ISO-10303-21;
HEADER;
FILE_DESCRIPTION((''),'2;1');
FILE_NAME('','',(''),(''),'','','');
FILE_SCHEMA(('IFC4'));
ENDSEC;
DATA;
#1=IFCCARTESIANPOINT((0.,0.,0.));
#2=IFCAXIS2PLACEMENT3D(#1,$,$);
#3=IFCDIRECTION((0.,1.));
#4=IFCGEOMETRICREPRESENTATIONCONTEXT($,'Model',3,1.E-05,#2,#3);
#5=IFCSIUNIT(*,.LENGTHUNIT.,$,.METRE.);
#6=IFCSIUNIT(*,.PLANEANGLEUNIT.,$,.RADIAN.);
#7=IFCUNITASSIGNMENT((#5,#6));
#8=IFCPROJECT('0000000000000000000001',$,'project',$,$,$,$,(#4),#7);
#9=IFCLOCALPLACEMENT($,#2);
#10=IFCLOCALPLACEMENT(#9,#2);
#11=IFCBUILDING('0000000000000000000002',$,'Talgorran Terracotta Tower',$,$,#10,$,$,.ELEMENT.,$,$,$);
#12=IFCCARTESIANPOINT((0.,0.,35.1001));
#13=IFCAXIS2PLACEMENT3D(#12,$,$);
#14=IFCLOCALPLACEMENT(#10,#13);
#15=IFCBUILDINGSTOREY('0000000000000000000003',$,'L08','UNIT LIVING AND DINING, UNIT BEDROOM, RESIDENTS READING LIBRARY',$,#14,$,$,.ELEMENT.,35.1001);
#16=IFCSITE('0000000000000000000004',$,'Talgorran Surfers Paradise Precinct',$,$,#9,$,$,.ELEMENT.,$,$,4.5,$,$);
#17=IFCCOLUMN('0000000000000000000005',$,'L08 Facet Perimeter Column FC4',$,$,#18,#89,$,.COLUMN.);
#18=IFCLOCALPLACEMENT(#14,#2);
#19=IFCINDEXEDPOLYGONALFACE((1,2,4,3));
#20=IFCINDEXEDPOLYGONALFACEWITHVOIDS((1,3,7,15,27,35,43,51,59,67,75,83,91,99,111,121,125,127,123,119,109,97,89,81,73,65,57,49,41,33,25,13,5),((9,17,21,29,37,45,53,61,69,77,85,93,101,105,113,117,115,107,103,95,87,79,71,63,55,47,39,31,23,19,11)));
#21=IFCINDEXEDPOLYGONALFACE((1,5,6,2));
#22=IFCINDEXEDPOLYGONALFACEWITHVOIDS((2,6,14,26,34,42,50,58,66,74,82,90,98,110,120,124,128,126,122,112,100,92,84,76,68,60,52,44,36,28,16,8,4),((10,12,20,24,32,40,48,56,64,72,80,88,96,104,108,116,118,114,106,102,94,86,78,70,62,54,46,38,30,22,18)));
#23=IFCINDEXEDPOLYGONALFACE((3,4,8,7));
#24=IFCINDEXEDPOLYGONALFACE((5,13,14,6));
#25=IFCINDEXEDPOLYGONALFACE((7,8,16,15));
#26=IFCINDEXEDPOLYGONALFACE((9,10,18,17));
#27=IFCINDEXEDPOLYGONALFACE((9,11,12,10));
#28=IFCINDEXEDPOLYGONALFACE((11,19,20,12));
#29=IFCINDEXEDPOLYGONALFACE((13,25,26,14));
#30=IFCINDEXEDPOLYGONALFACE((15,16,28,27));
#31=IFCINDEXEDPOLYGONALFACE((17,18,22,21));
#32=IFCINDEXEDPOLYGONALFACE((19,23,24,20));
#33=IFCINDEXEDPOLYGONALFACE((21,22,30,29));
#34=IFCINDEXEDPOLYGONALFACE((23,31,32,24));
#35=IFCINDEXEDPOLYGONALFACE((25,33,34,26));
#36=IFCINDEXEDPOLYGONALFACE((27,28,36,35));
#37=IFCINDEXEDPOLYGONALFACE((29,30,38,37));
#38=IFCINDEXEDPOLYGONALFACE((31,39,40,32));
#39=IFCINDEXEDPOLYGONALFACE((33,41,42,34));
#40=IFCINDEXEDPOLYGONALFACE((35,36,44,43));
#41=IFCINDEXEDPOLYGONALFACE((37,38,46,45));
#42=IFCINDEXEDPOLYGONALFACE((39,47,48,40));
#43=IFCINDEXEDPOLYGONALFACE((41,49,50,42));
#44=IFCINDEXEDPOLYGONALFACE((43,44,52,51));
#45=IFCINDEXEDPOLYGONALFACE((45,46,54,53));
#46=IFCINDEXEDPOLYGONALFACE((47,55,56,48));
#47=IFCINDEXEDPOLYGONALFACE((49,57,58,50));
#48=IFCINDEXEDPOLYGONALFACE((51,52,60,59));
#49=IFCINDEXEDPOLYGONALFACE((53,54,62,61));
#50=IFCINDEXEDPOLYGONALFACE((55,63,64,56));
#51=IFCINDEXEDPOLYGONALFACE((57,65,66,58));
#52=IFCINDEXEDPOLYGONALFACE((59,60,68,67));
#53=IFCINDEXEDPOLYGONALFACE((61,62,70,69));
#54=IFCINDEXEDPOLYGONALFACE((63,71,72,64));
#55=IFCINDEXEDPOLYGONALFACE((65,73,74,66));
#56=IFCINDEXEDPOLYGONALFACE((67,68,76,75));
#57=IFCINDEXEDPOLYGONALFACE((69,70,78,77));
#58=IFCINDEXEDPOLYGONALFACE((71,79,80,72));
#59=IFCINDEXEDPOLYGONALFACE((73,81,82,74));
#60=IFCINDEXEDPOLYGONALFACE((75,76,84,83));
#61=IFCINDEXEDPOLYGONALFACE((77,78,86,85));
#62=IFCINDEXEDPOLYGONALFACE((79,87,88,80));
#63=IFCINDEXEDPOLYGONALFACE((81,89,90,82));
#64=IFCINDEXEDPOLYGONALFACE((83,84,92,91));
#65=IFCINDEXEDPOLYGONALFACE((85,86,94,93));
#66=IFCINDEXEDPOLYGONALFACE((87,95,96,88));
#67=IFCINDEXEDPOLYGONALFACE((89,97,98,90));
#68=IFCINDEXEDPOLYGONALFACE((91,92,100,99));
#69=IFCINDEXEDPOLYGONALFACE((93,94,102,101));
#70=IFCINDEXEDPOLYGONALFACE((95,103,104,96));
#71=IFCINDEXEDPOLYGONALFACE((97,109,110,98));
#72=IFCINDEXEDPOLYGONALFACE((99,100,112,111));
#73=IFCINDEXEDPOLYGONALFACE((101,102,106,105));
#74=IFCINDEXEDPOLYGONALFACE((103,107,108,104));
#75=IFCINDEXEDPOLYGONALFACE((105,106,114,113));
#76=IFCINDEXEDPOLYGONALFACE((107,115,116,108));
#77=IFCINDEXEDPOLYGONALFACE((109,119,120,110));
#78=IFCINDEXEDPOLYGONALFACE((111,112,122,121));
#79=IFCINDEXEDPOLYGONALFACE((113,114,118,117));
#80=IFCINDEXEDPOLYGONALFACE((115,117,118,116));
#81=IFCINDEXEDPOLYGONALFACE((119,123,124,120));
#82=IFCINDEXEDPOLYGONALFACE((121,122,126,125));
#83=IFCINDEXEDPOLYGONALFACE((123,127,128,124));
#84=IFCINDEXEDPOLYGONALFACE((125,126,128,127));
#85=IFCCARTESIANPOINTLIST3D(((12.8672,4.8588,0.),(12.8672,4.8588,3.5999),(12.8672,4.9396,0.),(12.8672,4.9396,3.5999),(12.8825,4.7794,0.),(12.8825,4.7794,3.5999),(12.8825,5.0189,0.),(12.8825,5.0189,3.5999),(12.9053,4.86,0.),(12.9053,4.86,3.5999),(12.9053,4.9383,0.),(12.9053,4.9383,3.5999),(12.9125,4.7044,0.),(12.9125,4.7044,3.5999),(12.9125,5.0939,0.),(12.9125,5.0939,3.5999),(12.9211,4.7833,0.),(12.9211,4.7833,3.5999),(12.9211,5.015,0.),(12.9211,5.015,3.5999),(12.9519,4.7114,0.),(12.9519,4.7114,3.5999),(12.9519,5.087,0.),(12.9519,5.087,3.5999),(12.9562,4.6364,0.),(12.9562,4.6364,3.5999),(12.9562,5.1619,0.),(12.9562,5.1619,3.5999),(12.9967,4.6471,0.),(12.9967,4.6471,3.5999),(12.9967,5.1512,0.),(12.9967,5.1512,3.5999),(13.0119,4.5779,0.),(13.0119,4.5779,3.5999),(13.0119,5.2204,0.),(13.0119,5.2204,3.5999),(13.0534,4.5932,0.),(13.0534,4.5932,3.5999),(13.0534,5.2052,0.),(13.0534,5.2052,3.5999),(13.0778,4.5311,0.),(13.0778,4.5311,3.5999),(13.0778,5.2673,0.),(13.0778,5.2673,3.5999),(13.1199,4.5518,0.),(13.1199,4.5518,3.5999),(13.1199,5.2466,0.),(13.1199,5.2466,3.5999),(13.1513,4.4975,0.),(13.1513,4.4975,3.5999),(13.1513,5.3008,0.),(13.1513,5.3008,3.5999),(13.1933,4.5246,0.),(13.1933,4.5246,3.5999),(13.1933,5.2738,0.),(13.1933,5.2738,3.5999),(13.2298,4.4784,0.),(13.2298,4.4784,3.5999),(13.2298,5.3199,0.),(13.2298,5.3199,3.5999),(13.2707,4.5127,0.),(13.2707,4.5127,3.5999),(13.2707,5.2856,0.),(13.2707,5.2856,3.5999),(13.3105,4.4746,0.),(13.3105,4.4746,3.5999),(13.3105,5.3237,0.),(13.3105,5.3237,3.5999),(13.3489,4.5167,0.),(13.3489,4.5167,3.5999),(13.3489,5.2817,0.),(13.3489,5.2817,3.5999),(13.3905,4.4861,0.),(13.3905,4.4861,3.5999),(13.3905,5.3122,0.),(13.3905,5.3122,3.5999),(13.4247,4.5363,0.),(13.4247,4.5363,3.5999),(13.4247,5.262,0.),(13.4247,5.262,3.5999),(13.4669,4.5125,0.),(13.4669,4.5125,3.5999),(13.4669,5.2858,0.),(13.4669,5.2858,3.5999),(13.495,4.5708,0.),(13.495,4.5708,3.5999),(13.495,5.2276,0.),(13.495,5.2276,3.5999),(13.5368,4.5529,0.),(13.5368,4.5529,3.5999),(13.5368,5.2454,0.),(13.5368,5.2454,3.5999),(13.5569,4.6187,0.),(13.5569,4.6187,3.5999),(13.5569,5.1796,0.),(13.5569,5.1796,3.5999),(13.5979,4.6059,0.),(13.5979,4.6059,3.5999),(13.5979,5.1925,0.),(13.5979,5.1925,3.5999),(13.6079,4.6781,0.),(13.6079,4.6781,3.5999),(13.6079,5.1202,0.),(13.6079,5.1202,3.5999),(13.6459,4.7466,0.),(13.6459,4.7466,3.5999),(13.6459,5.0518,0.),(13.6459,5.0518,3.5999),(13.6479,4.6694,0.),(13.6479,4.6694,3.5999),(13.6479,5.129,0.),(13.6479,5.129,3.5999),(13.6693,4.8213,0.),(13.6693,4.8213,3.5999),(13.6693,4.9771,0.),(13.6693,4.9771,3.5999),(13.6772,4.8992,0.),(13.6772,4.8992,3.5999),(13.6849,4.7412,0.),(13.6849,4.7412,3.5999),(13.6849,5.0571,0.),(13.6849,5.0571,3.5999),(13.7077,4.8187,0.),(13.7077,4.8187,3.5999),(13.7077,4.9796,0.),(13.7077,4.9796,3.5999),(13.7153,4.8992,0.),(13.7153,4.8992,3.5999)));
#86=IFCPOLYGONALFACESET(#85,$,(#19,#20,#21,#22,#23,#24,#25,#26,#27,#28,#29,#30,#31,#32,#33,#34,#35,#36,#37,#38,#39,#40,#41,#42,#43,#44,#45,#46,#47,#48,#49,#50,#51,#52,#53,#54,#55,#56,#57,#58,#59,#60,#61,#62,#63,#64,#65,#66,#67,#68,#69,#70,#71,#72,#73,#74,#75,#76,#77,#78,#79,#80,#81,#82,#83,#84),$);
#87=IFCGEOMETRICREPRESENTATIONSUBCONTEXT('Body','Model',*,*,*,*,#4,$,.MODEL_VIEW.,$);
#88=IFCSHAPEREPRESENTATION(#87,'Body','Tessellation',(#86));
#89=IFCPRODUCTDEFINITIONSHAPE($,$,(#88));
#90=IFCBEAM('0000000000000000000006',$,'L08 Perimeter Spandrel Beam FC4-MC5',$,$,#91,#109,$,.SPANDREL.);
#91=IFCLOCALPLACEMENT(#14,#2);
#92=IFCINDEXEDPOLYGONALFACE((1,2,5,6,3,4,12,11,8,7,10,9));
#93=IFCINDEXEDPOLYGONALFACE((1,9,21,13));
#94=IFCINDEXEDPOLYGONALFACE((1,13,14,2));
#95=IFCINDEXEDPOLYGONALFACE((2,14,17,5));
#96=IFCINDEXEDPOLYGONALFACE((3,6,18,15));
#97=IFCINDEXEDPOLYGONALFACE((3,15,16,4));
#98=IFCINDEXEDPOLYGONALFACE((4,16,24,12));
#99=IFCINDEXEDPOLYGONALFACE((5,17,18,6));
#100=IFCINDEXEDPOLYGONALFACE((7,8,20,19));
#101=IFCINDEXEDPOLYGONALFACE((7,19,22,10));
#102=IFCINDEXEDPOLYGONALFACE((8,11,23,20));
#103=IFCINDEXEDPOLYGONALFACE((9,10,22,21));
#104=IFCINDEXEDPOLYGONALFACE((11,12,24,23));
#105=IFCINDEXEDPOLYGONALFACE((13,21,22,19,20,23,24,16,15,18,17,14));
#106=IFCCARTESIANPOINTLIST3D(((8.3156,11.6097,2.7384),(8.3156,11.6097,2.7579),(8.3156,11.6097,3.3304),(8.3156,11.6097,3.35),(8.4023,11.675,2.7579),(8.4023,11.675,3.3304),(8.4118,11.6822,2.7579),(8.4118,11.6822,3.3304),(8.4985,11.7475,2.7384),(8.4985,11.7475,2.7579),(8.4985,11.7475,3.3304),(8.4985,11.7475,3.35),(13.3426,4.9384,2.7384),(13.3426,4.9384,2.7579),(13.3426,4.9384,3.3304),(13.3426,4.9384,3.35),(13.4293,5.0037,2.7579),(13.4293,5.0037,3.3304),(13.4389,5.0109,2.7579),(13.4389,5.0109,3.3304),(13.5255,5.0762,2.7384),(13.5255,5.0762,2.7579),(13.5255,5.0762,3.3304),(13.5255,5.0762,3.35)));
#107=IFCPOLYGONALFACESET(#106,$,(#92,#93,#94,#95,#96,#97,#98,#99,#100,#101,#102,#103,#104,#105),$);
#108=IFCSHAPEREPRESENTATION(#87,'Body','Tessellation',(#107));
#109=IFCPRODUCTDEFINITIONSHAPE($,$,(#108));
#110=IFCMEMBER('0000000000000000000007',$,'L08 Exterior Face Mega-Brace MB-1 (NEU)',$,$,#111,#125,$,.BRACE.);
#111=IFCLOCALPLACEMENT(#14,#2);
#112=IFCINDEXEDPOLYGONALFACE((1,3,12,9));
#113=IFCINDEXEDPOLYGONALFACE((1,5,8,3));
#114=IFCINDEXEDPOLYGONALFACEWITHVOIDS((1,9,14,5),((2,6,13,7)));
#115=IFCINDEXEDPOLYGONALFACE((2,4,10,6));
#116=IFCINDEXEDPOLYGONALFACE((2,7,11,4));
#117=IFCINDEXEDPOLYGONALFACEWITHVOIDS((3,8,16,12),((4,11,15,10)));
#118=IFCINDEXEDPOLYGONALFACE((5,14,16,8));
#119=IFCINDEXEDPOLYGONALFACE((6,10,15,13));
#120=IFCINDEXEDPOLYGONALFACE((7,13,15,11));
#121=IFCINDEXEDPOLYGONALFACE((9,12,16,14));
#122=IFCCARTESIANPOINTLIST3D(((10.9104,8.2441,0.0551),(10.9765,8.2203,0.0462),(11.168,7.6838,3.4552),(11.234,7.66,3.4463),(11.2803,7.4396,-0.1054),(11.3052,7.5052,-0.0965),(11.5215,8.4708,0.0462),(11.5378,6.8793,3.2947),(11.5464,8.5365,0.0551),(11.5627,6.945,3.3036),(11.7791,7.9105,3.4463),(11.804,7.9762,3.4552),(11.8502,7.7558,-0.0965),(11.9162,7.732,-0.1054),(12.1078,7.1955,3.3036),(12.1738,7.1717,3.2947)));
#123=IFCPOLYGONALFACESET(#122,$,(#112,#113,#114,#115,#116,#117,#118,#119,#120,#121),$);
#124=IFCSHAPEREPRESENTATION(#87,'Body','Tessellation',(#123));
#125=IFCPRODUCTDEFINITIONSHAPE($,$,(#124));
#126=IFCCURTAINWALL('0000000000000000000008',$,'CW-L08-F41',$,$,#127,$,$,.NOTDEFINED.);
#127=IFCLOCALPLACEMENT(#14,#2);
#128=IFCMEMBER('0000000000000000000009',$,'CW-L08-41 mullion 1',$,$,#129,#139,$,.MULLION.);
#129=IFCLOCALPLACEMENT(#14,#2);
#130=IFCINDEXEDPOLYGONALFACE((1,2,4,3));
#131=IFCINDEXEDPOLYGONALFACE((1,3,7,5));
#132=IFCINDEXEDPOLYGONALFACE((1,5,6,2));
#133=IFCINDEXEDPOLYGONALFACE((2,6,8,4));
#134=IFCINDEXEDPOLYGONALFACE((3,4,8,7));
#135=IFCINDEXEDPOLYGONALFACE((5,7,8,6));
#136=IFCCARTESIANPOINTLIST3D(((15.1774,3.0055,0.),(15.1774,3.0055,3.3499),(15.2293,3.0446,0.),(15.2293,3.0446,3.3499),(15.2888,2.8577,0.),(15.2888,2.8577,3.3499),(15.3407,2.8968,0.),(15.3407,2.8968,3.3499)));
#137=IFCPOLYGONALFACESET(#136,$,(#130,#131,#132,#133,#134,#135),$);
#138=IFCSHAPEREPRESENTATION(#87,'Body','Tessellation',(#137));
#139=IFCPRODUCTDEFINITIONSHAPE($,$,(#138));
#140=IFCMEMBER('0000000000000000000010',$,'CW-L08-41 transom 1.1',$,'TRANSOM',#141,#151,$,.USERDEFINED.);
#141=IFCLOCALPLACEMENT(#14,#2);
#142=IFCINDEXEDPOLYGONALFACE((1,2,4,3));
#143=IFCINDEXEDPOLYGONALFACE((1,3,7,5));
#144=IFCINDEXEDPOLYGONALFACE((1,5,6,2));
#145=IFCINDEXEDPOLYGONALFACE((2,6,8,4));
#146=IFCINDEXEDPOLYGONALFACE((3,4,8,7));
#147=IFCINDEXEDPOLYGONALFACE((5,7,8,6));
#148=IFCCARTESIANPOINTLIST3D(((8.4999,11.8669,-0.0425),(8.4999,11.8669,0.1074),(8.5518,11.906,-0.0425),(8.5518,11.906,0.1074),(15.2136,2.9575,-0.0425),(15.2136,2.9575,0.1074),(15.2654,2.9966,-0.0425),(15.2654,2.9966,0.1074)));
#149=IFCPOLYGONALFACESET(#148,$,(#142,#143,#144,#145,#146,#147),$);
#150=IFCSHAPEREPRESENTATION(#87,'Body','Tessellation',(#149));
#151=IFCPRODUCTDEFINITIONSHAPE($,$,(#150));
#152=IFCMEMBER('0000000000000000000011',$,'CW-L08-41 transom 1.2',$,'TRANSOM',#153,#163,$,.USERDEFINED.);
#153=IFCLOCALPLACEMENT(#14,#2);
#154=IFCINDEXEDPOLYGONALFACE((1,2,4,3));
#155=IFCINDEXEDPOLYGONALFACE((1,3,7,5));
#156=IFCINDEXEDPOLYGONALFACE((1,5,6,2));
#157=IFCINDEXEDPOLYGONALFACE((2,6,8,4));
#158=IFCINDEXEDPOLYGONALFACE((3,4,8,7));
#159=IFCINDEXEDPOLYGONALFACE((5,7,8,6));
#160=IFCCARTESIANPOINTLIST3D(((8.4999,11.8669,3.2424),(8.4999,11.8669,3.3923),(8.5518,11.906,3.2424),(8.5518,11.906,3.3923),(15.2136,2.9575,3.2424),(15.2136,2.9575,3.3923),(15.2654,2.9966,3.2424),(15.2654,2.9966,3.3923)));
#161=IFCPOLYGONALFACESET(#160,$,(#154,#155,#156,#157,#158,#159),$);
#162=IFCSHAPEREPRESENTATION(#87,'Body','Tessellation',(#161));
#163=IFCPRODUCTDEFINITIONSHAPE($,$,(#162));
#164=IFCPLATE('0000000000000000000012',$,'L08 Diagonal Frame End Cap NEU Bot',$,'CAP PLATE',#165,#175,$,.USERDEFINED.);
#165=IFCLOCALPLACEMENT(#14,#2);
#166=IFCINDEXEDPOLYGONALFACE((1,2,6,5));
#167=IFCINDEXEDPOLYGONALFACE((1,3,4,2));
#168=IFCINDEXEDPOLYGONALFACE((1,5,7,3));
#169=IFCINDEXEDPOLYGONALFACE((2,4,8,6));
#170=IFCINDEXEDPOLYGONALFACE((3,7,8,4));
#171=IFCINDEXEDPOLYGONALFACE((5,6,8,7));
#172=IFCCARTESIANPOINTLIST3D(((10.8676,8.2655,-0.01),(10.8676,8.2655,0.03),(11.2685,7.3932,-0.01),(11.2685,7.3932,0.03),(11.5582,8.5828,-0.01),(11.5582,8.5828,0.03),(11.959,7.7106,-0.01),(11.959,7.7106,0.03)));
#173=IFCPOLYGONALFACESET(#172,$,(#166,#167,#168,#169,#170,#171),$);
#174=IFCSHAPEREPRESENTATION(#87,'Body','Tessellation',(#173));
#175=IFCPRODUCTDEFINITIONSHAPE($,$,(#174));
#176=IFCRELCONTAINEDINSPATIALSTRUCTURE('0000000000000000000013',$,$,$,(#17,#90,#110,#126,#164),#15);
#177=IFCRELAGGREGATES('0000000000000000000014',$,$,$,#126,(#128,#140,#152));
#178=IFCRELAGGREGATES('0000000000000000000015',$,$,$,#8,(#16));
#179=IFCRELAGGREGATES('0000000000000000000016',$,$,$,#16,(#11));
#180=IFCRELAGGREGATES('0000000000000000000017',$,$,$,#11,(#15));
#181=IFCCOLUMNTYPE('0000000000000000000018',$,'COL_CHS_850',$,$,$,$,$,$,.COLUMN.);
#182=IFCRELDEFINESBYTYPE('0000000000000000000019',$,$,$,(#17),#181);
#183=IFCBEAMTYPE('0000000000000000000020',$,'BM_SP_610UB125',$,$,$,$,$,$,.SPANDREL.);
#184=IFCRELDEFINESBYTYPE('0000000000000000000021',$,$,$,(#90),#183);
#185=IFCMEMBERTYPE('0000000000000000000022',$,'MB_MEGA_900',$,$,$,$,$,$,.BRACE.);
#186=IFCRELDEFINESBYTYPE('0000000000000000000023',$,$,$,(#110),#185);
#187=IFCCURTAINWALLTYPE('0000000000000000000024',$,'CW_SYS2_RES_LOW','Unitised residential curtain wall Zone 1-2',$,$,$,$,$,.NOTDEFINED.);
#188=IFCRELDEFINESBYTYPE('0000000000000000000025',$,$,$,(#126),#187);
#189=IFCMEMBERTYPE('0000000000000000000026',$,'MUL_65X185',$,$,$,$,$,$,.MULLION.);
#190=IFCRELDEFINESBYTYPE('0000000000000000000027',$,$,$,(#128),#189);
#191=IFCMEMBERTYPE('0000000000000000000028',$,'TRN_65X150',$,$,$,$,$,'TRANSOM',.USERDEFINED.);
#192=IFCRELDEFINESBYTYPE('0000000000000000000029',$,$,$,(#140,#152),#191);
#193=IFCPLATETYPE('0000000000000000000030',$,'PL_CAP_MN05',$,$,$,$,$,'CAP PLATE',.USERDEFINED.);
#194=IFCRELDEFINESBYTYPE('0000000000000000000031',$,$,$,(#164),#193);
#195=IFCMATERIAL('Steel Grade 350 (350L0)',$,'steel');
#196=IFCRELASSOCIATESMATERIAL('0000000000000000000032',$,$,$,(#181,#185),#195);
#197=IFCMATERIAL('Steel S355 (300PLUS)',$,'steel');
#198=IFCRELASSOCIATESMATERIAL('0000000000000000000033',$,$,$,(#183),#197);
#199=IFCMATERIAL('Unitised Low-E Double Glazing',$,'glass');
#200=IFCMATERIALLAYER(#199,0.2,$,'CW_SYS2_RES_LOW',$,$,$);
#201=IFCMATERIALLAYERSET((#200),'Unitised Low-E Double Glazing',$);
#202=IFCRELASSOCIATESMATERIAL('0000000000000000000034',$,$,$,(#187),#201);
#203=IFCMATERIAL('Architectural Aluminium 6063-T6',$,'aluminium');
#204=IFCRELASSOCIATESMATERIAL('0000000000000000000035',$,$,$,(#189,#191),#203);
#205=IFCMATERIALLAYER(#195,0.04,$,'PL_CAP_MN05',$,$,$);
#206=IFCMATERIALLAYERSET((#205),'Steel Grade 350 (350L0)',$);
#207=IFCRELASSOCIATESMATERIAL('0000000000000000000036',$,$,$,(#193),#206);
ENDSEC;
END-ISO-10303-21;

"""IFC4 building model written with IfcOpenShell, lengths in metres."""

from ifc_helpers import new_model, si_unit, direction, frame, origin, origin_2d, place, context, subcontext, project, spatial, rectangle, hollow_rectangle, hollow_circle, i_section, extrude, material, layer, layer_set, material_profile, profile_set, type_object, element, aggregate, save


model = new_model("IFC4")

# Units and contexts
model_context = context("Model", 3, precision=1e-05, world=origin(), true_north=direction((0.0, 1.0)))
body_context = subcontext(model_context, "Body", "Model", "MODEL_VIEW")
ifc_project = project(units=[si_unit("LENGTHUNIT", "METRE"), si_unit("PLANEANGLEUNIT", "RADIAN")], contexts=[model_context])

# Site, building, storey
site_placement = place(None, origin())
site = spatial("IfcSite", under=ifc_project, at=site_placement, Name="Talgorran Surfers Paradise Precinct", CompositionType="ELEMENT", RefElevation=4.5)
building_placement = place(site_placement, origin())
building = spatial("IfcBuilding", under=site, at=building_placement, Name="Talgorran Terracotta Tower", CompositionType="ELEMENT")
storey_placement = place(building_placement, frame((0.0, 0.0, 35.1001)))
storey = spatial("IfcBuildingStorey", under=building, at=storey_placement, Name="L08", Description="UNIT LIVING AND DINING, UNIT BEDROOM, RESIDENTS READING LIBRARY", CompositionType="ELEMENT", Elevation=35.1001)

# Column
ifc_material_1 = material(Name="Steel Grade 350 (350L0)", Category="steel")
ifc_material_profile_1 = material_profile(ifc_material_1, hollow_circle(Radius=0.425, WallThickness=0.0381, at=origin_2d()), Name="CHS850X38")
ifc_profile_set_1 = profile_set([ifc_material_profile_1], Name="Steel Grade 350 (350L0)")
column_type = type_object("IfcColumnType", Name="COL_CHS_850", PredefinedType="COLUMN", material=ifc_profile_set_1)
column_placement = place(storey_placement, frame((13.2903, 4.8992, 0.0), z_axis=(0.0, 0.0, 1.0), x_axis=(1.0, 0.0, 0.0)))
element("IfcColumn", 1, at=column_placement, inside=storey, type_object=column_type, Name="L08 Facet Perimeter Column FC4", PredefinedType="COLUMN", context=body_context, shape_type="SweptSolid", body=[
    extrude(hollow_circle(Radius=0.425, WallThickness=0.0381, at=origin_2d()), origin(), (0.0, 0.0, 1.0), 3.5999),
])

# Beam
ifc_material_2 = material(Name="Steel S355 (300PLUS)", Category="steel")
ifc_material_profile_2 = material_profile(ifc_material_2, i_section(OverallWidth=0.229, OverallDepth=0.6116, WebThickness=0.012, FlangeThickness=0.0195, at=origin_2d()), Name="610UB125")
ifc_profile_set_2 = profile_set([ifc_material_profile_2], Name="Steel S355 (300PLUS)")
beam_type = type_object("IfcBeamType", Name="BM_SP_610UB125", PredefinedType="SPANDREL", material=ifc_profile_set_2)
beam_placement = place(storey_placement, frame((13.4341, 5.0073, 3.0442), z_axis=(-0.601804, 0.798644, 0.0), x_axis=(-0.798644, -0.601804, 0.0)))
element("IfcBeam", 2, at=beam_placement, inside=storey, type_object=beam_type, Name="L08 Perimeter Spandrel Beam FC4-MC5", PredefinedType="SPANDREL", context=body_context, shape_type="SweptSolid", body=[
    extrude(i_section(OverallWidth=0.229, OverallDepth=0.6116, WebThickness=0.012, FlangeThickness=0.0195, at=origin_2d()), origin(), (0.0, 0.0, 1.0), 8.3533),
])

# Member
ifc_material_profile_3 = material_profile(ifc_material_1, hollow_rectangle(XDim=0.7, YDim=0.8999, WallThickness=0.05, at=origin_2d()), Name="WBOX900X700X50")
ifc_profile_set_3 = profile_set([ifc_material_profile_3], Name="Steel Grade 350 (350L0)")
member_type_1 = type_object("IfcMemberType", Name="MB_MEGA_900", PredefinedType="BRACE", material=ifc_profile_set_3)
member_1_placement = place(storey_placement, frame((11.4133, 7.988, -0.0251), z_axis=(0.074536, -0.162143, 0.983948), x_axis=(0.908596, 0.417677, 0.0)))
element("IfcMember", 3, at=member_1_placement, inside=storey, type_object=member_type_1, Name="L08 Exterior Face Mega-Brace MB-1 (NEU)", PredefinedType="BRACE", context=body_context, shape_type="SweptSolid", body=[
    extrude(hollow_rectangle(XDim=0.7, YDim=0.8999, WallThickness=0.05, at=origin_2d()), origin(), (0.0, 0.0, 1.0), 3.4556),
])

# Curtain wall, members
ifc_material_3 = material(Name="Unitised Low-E Double Glazing", Category="glass")
ifc_layer_1 = layer(ifc_material_3, 0.2, Name="CW_SYS2_RES_LOW")
ifc_layer_set_1 = layer_set([ifc_layer_1], Name="Unitised Low-E Double Glazing")
curtain_wall_type = type_object("IfcCurtainWallType", Name="CW_SYS2_RES_LOW", Description="Unitised residential curtain wall Zone 1-2", PredefinedType="NOTDEFINED", material=ifc_layer_set_1)
curtain_wall_placement = place(storey_placement, origin())
curtain_wall = element("IfcCurtainWall", 4, at=curtain_wall_placement, inside=storey, type_object=curtain_wall_type, Name="CW-L08-F41", PredefinedType="NOTDEFINED")
ifc_material_4 = material(Name="Architectural Aluminium 6063-T6", Category="aluminium")
ifc_material_profile_4 = material_profile(ifc_material_4, rectangle(XDim=0.0649, YDim=0.1851, at=origin_2d()), Name="CWM65X185")
ifc_profile_set_4 = profile_set([ifc_material_profile_4], Name="Architectural Aluminium 6063-T6")
member_type_2 = type_object("IfcMemberType", Name="MUL_65X185", PredefinedType="MULLION", material=ifc_profile_set_4)
member_2_placement = place(storey_placement, frame((15.259, 2.9512, 0.0), z_axis=(0.0, 0.0, 1.0), x_axis=(-0.798639, -0.60181, 0.0)))
member_2 = element("IfcMember", 5, at=member_2_placement, type_object=member_type_2, Name="CW-L08-41 mullion 1", PredefinedType="MULLION", context=body_context, shape_type="SweptSolid", body=[
    extrude(rectangle(XDim=0.0649, YDim=0.1851, at=origin_2d()), origin(), (0.0, 0.0, 1.0), 3.3499),
])
ifc_material_profile_5 = material_profile(ifc_material_4, rectangle(XDim=0.0649, YDim=0.1499, at=origin_2d()), Name="CWT65X150")
ifc_profile_set_5 = profile_set([ifc_material_profile_5], Name="Architectural Aluminium 6063-T6")
member_type_3 = type_object("IfcMemberType", Name="TRN_65X150", ElementType="TRANSOM", PredefinedType="USERDEFINED", material=ifc_profile_set_5)
member_3_placement = place(storey_placement, frame((15.2395, 2.9771, 0.0325), z_axis=(-0.601809, 0.79864, 0.0), x_axis=(-0.79864, -0.601809, 0.0)))
member_3 = element("IfcMember", 6, at=member_3_placement, type_object=member_type_3, Name="CW-L08-41 transom 1.1", ObjectType="TRANSOM", PredefinedType="USERDEFINED", context=body_context, shape_type="SweptSolid", body=[
    extrude(rectangle(XDim=0.0649, YDim=0.1499, at=origin_2d()), origin(), (0.0, 0.0, 1.0), 11.1558),
])
member_4_placement = place(storey_placement, frame((15.2395, 2.9771, 3.3174), z_axis=(-0.601809, 0.79864, 0.0), x_axis=(-0.79864, -0.601809, 0.0)))
member_4 = element("IfcMember", 7, at=member_4_placement, type_object=member_type_3, Name="CW-L08-41 transom 1.2", ObjectType="TRANSOM", PredefinedType="USERDEFINED", context=body_context, shape_type="SweptSolid", body=[
    extrude(rectangle(XDim=0.0649, YDim=0.1499, at=origin_2d()), origin(), (0.0, 0.0, 1.0), 11.1558),
])

# Plate
ifc_layer_2 = layer(ifc_material_1, 0.04, Name="PL_CAP_MN05")
ifc_layer_set_2 = layer_set([ifc_layer_2], Name="Steel Grade 350 (350L0)")
plate_type_1 = type_object("IfcPlateType", Name="PL_CAP_MN05", ElementType="CAP PLATE", PredefinedType="USERDEFINED", material=ifc_layer_set_2)
plate_1_placement = place(storey_placement, frame((11.4133, 7.988, -0.01), z_axis=(0.0, 0.0, 1.0), x_axis=(0.41755, -0.908654, 0.0)))
element("IfcPlate", 8, at=plate_1_placement, inside=storey, type_object=plate_type_1, Name="L08 Diagonal Frame End Cap NEU Bot", ObjectType="CAP PLATE", PredefinedType="USERDEFINED", context=body_context, shape_type="SweptSolid", body=[
    extrude(rectangle(XDim=0.96, YDim=0.76, at=origin_2d()), origin(), (0.0, 0.0, 1.0), 0.04),
])

aggregate(curtain_wall, [member_2, member_3, member_4])

save(model, "model.ifc")
